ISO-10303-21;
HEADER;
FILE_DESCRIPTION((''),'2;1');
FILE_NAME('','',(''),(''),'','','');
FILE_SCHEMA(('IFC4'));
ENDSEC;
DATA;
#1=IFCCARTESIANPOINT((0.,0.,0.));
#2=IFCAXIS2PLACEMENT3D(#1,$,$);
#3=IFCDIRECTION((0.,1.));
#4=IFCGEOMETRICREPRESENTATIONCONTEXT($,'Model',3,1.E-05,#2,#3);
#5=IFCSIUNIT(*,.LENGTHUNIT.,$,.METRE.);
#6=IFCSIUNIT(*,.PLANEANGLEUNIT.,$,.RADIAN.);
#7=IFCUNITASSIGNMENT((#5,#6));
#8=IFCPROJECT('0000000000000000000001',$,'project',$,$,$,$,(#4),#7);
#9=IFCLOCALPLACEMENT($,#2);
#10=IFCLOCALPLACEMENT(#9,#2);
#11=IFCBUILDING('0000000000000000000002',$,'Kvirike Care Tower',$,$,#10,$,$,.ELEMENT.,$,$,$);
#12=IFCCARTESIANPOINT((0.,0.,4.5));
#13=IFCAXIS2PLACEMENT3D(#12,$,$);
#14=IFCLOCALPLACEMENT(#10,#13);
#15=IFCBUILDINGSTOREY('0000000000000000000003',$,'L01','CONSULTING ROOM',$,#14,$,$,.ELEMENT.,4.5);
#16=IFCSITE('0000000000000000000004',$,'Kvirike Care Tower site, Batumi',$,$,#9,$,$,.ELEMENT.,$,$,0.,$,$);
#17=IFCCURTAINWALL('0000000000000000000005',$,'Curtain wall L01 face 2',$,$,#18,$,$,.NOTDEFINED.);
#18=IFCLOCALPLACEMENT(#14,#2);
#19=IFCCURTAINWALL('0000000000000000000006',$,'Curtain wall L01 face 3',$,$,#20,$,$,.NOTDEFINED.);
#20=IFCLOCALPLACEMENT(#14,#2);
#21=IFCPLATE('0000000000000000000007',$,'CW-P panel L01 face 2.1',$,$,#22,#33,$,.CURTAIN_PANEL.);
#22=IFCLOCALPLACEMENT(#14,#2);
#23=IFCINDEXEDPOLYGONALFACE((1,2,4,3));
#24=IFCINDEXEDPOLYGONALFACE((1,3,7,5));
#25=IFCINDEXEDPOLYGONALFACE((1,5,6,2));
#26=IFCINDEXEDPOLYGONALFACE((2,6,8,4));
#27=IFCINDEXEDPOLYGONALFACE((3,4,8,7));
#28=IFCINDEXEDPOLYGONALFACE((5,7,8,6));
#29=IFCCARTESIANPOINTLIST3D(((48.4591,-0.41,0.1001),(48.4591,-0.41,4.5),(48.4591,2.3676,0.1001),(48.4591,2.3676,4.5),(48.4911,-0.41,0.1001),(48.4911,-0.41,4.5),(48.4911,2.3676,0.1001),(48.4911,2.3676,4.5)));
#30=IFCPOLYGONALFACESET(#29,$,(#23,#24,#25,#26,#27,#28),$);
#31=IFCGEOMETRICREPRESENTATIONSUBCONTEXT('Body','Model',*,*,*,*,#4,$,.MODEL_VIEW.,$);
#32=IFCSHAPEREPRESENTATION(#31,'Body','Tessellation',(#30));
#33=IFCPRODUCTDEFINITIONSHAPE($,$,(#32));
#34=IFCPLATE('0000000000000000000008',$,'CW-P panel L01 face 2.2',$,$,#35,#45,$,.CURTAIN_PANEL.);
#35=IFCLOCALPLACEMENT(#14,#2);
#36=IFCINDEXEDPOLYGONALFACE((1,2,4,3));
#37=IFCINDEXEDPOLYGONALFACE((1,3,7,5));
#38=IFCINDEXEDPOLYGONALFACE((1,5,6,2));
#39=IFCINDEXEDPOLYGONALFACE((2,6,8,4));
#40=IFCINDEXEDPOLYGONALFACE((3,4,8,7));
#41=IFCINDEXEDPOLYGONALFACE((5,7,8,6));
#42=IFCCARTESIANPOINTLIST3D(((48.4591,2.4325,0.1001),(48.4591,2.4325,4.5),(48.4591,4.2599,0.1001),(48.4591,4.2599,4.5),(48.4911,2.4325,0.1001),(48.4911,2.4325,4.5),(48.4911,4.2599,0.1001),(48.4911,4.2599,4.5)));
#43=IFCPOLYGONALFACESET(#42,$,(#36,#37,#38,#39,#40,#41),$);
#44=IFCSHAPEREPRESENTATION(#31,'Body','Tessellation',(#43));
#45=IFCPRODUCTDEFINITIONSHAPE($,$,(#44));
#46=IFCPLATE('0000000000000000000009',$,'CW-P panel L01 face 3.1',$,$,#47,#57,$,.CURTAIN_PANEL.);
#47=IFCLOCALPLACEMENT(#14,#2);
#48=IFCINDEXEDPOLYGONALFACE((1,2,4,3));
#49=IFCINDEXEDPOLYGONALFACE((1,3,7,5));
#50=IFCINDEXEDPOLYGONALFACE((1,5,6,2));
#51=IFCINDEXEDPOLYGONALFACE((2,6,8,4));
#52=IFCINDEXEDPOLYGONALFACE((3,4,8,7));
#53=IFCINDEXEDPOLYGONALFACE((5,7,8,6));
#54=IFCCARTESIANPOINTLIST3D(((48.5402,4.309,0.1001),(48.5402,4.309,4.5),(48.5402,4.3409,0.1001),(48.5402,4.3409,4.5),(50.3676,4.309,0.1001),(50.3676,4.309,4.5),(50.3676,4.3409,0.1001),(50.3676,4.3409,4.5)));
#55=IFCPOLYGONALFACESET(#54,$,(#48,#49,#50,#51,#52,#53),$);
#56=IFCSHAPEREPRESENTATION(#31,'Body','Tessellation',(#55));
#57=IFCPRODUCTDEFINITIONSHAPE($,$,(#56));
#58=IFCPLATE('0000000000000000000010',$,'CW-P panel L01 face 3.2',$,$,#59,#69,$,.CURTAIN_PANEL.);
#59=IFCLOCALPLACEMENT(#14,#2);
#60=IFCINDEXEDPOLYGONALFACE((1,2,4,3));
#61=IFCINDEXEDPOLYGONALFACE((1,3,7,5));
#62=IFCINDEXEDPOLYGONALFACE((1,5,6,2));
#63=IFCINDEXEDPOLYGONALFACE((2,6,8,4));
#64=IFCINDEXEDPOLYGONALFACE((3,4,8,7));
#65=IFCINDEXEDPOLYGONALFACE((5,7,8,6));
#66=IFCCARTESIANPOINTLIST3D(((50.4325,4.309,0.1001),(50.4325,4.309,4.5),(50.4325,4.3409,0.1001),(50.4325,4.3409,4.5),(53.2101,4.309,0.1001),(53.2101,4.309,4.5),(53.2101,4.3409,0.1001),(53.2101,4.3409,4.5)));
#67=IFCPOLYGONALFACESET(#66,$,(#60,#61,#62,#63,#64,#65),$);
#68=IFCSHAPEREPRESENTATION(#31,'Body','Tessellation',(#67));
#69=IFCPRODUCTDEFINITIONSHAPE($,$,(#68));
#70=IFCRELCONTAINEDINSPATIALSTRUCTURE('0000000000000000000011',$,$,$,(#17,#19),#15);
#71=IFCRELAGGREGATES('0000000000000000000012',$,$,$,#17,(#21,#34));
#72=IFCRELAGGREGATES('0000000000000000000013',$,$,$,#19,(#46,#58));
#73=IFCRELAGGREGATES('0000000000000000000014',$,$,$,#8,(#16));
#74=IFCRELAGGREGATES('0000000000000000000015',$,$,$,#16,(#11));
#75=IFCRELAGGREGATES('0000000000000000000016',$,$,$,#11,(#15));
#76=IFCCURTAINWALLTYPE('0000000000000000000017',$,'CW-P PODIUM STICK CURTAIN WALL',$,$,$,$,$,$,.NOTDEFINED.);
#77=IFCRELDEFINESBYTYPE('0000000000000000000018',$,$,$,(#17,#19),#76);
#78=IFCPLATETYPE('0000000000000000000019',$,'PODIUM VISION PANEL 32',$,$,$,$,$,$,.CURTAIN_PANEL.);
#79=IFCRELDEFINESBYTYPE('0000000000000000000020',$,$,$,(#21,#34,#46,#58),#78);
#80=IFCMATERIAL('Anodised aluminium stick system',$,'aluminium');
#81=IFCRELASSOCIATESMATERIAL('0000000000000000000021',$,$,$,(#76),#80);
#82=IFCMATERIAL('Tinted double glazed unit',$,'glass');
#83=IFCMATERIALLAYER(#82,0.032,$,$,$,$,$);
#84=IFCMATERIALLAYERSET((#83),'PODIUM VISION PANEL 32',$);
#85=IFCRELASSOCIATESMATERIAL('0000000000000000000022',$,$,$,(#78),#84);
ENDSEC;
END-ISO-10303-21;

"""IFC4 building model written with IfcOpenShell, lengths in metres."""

from ifc_helpers import new_model, si_unit, direction, frame, origin, origin_2d, place, context, subcontext, project, spatial, rectangle, extrude, material, layer, layer_set, type_object, element, aggregate, save


model = new_model("IFC4")

# Units and contexts
model_context = context("Model", 3, precision=1e-05, world=origin(), true_north=direction((0.0, 1.0)))
body_context = subcontext(model_context, "Body", "Model", "MODEL_VIEW")
ifc_project = project(units=[si_unit("LENGTHUNIT", "METRE"), si_unit("PLANEANGLEUNIT", "RADIAN")], contexts=[model_context])

# Site, building, storey
site_placement = place(None, origin())
site = spatial("IfcSite", under=ifc_project, at=site_placement, Name="Kvirike Care Tower site, Batumi", CompositionType="ELEMENT", RefElevation=0.0)
building_placement = place(site_placement, origin())
building = spatial("IfcBuilding", under=site, at=building_placement, Name="Kvirike Care Tower", CompositionType="ELEMENT")
storey_placement = place(building_placement, frame((0.0, 0.0, 4.5)))
storey = spatial("IfcBuildingStorey", under=building, at=storey_placement, Name="L01", Description="CONSULTING ROOM", CompositionType="ELEMENT", Elevation=4.5)

# Curtain walls
ifc_material_1 = material(Name="Anodised aluminium stick system", Category="aluminium")
curtain_wall_type = type_object("IfcCurtainWallType", Name="CW-P PODIUM STICK CURTAIN WALL", PredefinedType="NOTDEFINED", material=ifc_material_1)
curtain_wall_1_placement = place(storey_placement, origin())
curtain_wall_1 = element("IfcCurtainWall", 1, at=curtain_wall_1_placement, inside=storey, type_object=curtain_wall_type, Name="Curtain wall L01 face 2", PredefinedType="NOTDEFINED")
curtain_wall_2_placement = place(storey_placement, origin())
curtain_wall_2 = element("IfcCurtainWall", 2, at=curtain_wall_2_placement, inside=storey, type_object=curtain_wall_type, Name="Curtain wall L01 face 3", PredefinedType="NOTDEFINED")

# Plates
ifc_material_2 = material(Name="Tinted double glazed unit", Category="glass")
ifc_layer = layer(ifc_material_2, 0.032)
ifc_layer_set = layer_set([ifc_layer], Name="PODIUM VISION PANEL 32")
plate_type = type_object("IfcPlateType", Name="PODIUM VISION PANEL 32", PredefinedType="CURTAIN_PANEL", material=ifc_layer_set)
plate_1_placement = place(storey_placement, frame((48.4751, 0.9788, 0.1001), z_axis=(0.0, 0.0, 1.0), x_axis=(0.0, 1.0, 0.0)))
plate_1 = element("IfcPlate", 3, at=plate_1_placement, type_object=plate_type, Name="CW-P panel L01 face 2.1", PredefinedType="CURTAIN_PANEL", context=body_context, shape_type="SweptSolid", body=[
    extrude(rectangle(XDim=2.7776, YDim=0.032, at=origin_2d()), origin(), (0.0, 0.0, 1.0), 4.3999),
])
plate_2_placement = place(storey_placement, frame((48.4751, 3.3462, 0.1001), z_axis=(0.0, 0.0, 1.0), x_axis=(0.0, 1.0, 0.0)))
plate_2 = element("IfcPlate", 4, at=plate_2_placement, type_object=plate_type, Name="CW-P panel L01 face 2.2", PredefinedType="CURTAIN_PANEL", context=body_context, shape_type="SweptSolid", body=[
    extrude(rectangle(XDim=1.8274, YDim=0.032, at=origin_2d()), origin(), (0.0, 0.0, 1.0), 4.3999),
])
aggregate(curtain_wall_1, [plate_1, plate_2])
plate_3_placement = place(storey_placement, frame((49.4539, 4.325, 0.1001), z_axis=(0.0, 0.0, 1.0), x_axis=(1.0, 0.0, 0.0)))
plate_3 = element("IfcPlate", 5, at=plate_3_placement, type_object=plate_type, Name="CW-P panel L01 face 3.1", PredefinedType="CURTAIN_PANEL", context=body_context, shape_type="SweptSolid", body=[
    extrude(rectangle(XDim=1.8274, YDim=0.032, at=origin_2d()), origin(), (0.0, 0.0, 1.0), 4.3999),
])
plate_4_placement = place(storey_placement, frame((51.8213, 4.325, 0.1001), z_axis=(0.0, 0.0, 1.0), x_axis=(1.0, 0.0, 0.0)))
plate_4 = element("IfcPlate", 6, at=plate_4_placement, type_object=plate_type, Name="CW-P panel L01 face 3.2", PredefinedType="CURTAIN_PANEL", context=body_context, shape_type="SweptSolid", body=[
    extrude(rectangle(XDim=2.7776, YDim=0.032, at=origin_2d()), origin(), (0.0, 0.0, 1.0), 4.3999),
])
aggregate(curtain_wall_2, [plate_3, plate_4])

save(model, "model.ifc")
